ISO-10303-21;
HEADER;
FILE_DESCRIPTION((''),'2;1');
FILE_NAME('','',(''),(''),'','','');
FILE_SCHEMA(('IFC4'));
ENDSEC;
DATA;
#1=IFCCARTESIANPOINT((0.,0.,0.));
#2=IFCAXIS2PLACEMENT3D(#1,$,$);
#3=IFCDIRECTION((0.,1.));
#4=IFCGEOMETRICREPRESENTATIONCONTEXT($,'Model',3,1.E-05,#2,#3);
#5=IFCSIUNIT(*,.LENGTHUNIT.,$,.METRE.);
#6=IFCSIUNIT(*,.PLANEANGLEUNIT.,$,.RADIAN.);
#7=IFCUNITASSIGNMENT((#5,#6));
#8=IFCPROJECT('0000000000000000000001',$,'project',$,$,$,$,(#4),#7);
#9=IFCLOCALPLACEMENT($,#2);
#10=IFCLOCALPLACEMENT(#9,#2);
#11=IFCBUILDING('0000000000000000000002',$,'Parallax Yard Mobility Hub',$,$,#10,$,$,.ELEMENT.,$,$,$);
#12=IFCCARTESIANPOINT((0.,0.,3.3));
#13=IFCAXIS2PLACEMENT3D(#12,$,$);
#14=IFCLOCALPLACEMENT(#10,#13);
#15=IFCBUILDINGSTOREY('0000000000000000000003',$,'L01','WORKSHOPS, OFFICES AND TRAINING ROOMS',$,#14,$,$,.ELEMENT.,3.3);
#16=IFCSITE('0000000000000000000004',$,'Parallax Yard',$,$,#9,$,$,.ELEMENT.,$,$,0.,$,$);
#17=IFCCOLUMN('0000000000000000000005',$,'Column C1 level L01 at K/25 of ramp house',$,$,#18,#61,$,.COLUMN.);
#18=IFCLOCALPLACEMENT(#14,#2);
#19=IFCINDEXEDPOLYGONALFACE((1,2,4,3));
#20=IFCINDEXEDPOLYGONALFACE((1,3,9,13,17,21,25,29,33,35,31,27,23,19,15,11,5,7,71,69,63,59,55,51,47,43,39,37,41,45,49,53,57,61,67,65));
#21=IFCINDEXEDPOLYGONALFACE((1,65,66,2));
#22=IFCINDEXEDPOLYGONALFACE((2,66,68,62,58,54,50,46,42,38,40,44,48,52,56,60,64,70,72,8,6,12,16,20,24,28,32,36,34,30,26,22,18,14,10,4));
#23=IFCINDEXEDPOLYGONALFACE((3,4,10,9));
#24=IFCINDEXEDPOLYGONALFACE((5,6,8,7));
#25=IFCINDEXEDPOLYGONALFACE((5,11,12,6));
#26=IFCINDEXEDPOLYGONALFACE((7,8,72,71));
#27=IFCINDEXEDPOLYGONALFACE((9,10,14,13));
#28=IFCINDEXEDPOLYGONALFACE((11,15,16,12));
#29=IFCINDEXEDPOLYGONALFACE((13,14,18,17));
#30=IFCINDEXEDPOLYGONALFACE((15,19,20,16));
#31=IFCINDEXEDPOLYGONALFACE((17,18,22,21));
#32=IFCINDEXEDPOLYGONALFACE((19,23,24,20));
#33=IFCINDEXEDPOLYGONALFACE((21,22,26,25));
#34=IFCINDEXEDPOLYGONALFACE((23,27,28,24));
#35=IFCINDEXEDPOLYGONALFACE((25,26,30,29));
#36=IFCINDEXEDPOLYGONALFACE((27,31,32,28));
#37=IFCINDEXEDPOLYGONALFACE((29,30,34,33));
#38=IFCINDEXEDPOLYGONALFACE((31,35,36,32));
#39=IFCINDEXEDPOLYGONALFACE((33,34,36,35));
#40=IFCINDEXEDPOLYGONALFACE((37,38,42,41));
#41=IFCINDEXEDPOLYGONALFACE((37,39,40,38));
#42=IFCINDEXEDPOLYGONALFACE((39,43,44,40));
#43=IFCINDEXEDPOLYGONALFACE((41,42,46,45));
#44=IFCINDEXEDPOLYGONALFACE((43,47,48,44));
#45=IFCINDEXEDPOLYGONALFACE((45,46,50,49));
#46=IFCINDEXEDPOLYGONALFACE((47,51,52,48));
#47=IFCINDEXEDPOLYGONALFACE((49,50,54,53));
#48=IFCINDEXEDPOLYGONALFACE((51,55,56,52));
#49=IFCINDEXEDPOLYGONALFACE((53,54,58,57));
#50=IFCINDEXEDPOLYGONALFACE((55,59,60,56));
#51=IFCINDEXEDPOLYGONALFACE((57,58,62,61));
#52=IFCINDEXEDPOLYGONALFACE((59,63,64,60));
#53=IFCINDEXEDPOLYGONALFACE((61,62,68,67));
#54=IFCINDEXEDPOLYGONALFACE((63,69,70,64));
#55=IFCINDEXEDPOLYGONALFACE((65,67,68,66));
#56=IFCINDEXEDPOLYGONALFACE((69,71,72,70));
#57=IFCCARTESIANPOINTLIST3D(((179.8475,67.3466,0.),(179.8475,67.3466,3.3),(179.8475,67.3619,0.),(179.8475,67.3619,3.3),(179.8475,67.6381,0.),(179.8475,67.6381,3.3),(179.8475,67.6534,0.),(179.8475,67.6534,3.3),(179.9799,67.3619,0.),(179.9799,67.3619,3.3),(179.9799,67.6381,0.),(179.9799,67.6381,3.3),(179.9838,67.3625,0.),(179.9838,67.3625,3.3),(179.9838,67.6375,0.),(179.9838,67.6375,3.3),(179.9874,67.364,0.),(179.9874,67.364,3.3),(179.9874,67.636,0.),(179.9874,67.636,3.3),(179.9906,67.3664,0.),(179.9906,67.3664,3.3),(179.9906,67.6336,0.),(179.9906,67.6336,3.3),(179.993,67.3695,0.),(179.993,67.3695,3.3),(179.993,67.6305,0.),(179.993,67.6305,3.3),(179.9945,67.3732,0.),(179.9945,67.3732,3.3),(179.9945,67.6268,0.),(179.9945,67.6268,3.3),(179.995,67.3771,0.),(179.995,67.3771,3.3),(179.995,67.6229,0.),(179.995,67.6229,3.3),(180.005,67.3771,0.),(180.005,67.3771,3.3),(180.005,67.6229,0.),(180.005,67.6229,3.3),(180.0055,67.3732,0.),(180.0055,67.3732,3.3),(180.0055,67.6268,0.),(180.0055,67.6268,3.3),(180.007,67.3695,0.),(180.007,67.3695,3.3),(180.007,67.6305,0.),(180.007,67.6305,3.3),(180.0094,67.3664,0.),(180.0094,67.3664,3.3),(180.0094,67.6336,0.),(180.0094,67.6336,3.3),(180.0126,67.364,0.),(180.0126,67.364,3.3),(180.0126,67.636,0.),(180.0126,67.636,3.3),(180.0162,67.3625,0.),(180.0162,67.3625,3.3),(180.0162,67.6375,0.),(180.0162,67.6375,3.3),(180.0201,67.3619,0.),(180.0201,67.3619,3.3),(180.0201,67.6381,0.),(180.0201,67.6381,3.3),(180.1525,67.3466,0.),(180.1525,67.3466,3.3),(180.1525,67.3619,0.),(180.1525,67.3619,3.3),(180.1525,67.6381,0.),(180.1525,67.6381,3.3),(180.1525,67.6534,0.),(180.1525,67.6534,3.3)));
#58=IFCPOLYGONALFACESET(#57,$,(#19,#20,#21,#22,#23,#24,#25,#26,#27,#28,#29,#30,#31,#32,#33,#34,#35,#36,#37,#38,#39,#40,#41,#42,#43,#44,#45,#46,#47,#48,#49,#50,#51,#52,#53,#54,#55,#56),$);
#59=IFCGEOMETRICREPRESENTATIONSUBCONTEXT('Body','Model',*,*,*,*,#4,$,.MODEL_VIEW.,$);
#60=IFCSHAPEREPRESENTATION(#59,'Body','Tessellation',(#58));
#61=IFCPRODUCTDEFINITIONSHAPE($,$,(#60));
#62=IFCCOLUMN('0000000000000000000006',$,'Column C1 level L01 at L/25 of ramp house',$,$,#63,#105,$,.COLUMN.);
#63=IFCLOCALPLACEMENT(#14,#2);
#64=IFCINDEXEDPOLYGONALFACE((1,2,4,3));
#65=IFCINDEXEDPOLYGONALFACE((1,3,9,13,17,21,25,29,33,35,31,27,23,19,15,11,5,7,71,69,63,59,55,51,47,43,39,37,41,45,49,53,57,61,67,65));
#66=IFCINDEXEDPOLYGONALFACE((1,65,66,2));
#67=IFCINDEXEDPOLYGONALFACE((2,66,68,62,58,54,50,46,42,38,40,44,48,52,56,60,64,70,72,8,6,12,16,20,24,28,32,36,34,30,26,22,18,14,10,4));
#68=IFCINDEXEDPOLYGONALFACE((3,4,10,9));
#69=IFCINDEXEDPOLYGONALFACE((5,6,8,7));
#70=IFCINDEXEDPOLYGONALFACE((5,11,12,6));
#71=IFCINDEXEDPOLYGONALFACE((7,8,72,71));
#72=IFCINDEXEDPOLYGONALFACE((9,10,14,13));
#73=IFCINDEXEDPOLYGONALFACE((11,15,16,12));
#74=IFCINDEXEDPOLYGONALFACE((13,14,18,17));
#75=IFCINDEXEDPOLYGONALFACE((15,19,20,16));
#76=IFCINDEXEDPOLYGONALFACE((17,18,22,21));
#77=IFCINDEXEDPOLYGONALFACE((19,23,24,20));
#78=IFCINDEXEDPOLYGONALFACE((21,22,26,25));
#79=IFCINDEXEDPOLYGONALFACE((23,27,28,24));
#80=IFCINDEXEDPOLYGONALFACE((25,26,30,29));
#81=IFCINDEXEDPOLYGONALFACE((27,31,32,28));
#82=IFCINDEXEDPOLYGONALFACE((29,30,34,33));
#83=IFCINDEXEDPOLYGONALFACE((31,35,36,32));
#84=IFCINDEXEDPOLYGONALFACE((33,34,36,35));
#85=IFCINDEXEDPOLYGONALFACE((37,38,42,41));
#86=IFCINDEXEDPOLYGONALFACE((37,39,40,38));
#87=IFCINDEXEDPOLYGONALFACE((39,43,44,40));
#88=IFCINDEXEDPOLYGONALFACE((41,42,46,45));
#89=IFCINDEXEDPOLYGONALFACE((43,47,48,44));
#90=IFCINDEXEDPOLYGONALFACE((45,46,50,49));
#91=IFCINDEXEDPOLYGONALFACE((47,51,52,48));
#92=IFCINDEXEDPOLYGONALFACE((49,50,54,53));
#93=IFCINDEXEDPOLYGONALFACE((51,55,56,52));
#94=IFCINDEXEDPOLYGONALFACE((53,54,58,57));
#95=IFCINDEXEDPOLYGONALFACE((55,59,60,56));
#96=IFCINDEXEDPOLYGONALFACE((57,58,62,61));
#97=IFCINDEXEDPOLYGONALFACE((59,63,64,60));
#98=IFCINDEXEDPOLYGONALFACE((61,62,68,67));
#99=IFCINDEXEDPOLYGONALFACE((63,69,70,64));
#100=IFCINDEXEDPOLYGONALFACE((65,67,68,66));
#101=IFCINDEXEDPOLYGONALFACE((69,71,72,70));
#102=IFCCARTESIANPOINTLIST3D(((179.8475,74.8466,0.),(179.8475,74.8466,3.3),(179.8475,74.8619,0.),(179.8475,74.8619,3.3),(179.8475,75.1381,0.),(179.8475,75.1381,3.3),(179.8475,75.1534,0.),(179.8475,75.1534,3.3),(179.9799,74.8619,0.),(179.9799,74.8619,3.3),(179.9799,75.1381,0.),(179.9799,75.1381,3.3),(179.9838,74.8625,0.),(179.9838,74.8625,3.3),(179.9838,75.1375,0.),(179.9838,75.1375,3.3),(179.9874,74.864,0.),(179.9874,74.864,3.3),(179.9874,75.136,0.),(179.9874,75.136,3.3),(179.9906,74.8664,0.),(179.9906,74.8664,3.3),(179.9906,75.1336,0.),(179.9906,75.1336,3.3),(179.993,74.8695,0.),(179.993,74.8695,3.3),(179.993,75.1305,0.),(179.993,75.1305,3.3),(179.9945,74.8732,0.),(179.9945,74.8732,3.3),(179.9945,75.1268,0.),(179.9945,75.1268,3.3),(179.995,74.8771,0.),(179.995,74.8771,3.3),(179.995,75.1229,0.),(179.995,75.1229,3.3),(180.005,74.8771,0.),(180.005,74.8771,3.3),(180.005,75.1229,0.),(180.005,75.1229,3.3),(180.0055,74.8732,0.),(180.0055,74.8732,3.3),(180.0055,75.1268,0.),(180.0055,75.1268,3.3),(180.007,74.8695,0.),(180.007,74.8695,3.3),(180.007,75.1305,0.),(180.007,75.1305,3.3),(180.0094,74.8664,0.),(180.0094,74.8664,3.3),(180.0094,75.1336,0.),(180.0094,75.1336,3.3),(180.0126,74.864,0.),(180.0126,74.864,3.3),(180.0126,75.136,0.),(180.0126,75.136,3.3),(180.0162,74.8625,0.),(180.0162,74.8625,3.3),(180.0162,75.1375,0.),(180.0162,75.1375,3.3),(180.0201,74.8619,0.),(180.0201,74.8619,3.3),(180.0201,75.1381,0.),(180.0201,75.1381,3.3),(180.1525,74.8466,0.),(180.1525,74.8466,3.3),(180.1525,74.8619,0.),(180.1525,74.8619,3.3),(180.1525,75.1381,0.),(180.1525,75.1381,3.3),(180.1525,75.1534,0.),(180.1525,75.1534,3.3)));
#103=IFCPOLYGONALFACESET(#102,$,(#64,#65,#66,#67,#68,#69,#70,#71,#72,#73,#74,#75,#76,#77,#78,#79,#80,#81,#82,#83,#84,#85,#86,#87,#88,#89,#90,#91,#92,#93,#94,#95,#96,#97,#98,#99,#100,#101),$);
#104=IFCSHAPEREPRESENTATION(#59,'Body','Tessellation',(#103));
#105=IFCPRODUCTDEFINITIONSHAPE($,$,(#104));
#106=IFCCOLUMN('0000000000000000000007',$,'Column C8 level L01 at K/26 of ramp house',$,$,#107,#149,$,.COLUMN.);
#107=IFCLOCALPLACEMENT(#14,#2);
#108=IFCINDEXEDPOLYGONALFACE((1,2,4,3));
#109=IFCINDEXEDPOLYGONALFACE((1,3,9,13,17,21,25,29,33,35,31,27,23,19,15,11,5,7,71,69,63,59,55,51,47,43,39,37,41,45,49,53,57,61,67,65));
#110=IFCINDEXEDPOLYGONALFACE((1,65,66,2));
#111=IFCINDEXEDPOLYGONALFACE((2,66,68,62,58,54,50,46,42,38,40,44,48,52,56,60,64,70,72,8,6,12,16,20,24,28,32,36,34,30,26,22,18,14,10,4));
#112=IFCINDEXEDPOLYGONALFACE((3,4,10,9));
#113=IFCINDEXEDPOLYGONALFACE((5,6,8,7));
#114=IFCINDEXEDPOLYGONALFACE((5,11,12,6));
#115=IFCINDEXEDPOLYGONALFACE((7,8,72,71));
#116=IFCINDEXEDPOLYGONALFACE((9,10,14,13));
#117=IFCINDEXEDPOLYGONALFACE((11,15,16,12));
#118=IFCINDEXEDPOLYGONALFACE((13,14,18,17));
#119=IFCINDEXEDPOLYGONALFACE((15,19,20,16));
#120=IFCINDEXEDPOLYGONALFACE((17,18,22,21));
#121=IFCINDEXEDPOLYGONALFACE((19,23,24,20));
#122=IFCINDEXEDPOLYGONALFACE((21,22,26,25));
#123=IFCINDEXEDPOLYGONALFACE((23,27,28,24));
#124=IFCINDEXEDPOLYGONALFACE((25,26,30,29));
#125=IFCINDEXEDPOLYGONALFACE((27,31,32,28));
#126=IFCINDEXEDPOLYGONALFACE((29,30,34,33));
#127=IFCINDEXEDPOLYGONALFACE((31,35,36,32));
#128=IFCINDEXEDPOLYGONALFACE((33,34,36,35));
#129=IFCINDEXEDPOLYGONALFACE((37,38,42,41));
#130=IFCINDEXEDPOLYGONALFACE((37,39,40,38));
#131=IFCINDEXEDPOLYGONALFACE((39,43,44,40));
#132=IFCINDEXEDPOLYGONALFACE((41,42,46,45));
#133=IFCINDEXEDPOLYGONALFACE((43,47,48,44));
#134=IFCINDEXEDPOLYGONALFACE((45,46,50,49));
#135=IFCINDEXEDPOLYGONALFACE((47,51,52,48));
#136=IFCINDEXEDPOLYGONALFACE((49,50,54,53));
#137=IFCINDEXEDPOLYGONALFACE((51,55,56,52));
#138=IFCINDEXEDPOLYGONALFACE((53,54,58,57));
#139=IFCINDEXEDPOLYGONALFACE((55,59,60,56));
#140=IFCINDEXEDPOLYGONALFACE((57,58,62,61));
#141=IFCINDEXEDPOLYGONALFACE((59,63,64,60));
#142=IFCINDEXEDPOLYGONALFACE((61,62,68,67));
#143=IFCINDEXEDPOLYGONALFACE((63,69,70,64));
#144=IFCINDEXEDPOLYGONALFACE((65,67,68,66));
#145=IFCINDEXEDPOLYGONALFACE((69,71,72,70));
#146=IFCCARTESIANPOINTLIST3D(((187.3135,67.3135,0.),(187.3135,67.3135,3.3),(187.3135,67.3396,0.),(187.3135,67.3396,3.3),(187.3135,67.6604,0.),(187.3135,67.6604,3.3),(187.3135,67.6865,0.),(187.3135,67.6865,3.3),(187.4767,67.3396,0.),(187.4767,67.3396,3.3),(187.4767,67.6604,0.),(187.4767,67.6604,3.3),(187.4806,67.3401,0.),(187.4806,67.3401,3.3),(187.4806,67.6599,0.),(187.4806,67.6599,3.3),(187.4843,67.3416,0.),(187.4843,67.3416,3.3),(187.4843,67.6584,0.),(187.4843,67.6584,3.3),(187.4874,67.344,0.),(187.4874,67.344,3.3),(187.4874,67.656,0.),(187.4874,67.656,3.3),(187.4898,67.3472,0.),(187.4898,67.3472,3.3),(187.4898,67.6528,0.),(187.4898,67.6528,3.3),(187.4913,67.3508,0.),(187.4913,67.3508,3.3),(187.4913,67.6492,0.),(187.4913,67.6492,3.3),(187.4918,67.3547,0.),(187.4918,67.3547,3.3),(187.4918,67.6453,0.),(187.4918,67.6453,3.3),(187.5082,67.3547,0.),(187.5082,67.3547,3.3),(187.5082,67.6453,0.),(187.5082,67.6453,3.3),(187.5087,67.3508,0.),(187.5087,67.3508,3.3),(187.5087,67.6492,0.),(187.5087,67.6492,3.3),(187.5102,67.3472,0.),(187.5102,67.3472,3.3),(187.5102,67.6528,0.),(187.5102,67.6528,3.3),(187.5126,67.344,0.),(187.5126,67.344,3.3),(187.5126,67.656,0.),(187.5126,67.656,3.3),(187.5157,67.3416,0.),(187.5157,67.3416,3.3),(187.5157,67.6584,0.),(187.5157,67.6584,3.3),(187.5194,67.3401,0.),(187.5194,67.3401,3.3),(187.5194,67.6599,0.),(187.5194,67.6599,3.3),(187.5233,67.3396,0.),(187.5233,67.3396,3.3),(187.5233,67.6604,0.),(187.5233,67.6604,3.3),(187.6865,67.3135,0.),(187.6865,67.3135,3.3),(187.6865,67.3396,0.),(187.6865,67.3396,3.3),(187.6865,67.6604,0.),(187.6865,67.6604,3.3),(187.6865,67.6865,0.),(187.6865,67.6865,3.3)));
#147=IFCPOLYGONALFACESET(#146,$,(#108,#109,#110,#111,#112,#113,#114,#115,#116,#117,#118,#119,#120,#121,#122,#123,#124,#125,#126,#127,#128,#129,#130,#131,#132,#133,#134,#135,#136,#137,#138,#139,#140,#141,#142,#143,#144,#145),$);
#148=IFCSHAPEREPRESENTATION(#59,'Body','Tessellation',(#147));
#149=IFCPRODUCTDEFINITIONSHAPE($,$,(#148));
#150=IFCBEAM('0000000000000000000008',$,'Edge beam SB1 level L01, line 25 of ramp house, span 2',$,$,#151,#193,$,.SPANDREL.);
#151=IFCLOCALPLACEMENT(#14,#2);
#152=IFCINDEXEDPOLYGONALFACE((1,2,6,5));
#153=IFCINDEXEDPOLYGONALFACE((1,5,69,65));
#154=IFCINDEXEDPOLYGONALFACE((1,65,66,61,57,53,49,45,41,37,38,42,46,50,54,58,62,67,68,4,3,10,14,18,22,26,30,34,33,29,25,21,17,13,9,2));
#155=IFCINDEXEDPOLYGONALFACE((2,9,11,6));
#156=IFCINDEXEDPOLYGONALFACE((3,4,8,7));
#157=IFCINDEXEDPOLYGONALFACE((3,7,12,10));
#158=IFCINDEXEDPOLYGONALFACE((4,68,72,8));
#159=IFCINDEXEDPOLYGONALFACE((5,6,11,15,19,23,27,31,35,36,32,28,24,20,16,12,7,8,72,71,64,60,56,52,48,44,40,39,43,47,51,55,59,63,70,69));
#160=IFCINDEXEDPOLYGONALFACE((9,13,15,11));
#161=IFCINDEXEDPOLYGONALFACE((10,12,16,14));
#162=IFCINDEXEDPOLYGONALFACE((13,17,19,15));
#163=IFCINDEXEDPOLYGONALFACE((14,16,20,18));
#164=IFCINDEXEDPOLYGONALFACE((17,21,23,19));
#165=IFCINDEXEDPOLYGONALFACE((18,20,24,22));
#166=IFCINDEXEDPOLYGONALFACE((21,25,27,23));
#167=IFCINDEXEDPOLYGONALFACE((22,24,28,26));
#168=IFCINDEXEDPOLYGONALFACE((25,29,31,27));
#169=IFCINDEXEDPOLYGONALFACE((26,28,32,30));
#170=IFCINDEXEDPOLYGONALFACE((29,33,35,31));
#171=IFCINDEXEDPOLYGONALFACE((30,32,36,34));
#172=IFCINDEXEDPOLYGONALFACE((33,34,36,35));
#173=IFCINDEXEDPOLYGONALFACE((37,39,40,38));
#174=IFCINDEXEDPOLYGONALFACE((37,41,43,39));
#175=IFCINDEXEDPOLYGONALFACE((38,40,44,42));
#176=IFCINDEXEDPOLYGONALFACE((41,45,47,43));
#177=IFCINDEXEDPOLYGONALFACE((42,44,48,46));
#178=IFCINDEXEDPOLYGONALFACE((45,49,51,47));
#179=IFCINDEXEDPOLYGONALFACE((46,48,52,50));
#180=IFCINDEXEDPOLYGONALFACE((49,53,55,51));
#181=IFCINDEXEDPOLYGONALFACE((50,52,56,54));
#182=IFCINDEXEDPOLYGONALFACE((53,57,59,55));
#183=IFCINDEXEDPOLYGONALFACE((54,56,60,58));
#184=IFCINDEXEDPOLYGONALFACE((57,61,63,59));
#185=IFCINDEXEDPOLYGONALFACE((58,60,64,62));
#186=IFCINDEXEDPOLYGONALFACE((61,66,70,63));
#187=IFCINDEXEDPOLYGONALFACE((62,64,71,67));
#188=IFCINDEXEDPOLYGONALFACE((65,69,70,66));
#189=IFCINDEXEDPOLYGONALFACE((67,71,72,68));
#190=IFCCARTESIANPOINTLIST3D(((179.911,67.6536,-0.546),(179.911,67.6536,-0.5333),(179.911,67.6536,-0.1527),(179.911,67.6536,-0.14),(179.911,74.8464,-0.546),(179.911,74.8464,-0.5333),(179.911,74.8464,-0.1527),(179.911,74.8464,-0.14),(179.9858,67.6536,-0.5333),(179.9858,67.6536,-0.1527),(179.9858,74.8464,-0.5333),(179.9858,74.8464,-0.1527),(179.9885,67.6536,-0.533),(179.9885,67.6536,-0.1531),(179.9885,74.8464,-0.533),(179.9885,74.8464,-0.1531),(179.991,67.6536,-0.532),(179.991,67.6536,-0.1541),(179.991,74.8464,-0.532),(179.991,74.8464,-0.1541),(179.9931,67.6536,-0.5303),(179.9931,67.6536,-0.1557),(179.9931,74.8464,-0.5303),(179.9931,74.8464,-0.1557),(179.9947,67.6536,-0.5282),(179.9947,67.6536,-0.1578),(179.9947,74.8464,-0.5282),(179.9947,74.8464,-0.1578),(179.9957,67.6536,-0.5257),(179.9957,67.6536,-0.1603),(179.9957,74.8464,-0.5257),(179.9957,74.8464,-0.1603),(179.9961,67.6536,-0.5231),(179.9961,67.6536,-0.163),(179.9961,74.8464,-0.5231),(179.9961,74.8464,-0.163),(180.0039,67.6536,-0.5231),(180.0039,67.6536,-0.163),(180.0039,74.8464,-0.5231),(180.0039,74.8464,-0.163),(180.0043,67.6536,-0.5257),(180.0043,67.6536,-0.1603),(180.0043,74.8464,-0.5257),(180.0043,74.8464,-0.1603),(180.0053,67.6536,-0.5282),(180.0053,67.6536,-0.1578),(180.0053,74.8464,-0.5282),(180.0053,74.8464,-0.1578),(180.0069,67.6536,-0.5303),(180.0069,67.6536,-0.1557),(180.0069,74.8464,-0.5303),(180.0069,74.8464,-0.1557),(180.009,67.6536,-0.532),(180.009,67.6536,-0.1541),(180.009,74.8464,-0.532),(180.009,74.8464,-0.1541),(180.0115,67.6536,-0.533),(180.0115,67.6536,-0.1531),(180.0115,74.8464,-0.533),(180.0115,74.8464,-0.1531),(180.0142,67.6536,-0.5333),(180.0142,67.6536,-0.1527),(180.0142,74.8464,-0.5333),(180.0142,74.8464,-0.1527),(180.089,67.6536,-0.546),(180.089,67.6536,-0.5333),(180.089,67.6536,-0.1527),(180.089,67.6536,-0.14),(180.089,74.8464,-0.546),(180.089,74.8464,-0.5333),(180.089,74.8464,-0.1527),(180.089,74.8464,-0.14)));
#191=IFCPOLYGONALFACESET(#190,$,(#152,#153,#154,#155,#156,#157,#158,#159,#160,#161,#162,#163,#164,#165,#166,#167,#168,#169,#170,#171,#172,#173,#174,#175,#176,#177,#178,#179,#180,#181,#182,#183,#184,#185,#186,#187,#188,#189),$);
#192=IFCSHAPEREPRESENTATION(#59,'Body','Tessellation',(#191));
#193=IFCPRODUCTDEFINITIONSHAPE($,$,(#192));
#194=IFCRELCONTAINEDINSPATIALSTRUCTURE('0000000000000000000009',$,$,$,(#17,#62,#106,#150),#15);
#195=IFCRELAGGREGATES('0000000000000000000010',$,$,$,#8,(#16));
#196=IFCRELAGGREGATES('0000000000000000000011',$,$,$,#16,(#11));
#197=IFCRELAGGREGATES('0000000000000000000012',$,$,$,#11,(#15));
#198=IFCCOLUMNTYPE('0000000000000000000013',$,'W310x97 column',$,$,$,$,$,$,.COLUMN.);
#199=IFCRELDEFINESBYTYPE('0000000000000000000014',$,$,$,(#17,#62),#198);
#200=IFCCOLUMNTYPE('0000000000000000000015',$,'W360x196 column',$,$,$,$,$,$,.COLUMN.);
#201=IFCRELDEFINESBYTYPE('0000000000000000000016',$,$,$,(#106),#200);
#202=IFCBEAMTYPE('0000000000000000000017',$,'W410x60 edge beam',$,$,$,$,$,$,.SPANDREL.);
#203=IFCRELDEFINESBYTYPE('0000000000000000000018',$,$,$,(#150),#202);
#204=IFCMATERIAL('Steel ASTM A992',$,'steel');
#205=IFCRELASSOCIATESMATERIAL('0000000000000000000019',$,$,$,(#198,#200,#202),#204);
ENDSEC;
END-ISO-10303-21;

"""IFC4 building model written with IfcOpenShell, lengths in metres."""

from ifc_helpers import new_model, si_unit, direction, frame, origin, origin_2d, place, context, subcontext, project, spatial, i_section, extrude, material, material_profile, profile_set, type_object, element, save


model = new_model("IFC4")

# Units and contexts
model_context = context("Model", 3, precision=1e-05, world=origin(), true_north=direction((0.0, 1.0)))
body_context = subcontext(model_context, "Body", "Model", "MODEL_VIEW")
ifc_project = project(units=[si_unit("LENGTHUNIT", "METRE"), si_unit("PLANEANGLEUNIT", "RADIAN")], contexts=[model_context])

# Site, building, storey
site_placement = place(None, origin())
site = spatial("IfcSite", under=ifc_project, at=site_placement, Name="Parallax Yard", CompositionType="ELEMENT", RefElevation=0.0)
building_placement = place(site_placement, origin())
building = spatial("IfcBuilding", under=site, at=building_placement, Name="Parallax Yard Mobility Hub", CompositionType="ELEMENT")
storey_placement = place(building_placement, frame((0.0, 0.0, 3.3)))
storey = spatial("IfcBuildingStorey", under=building, at=storey_placement, Name="L01", Description="WORKSHOPS, OFFICES AND TRAINING ROOMS", CompositionType="ELEMENT", Elevation=3.3)

# Columns
ifc_material_1 = material(Name="Steel ASTM A992", Category="steel")
ifc_material_profile_1 = material_profile(ifc_material_1, i_section(OverallWidth=0.3049, OverallDepth=0.3069, WebThickness=0.01, FlangeThickness=0.0154, FilletRadius=0.0151, at=origin_2d()), Name="W310x97")
ifc_profile_set_1 = profile_set([ifc_material_profile_1], Name="Steel ASTM A992")
column_type_1 = type_object("IfcColumnType", Name="W310x97 column", PredefinedType="COLUMN", material=ifc_profile_set_1)
for number, where, z_axis, x_axis, name in (
    (1, (180.0, 67.5, 0.0), (0.0, 0.0, 1.0), (1.0, 0.0, 0.0), "Column C1 level L01 at K/25 of ramp house"),
    (2, (180.0, 75.0, 0.0), (0.0, 0.0, 1.0), (1.0, 0.0, 0.0), "Column C1 level L01 at L/25 of ramp house"),
):
    element("IfcColumn", number, at=place(storey_placement, frame(where, z_axis=z_axis, x_axis=x_axis)), inside=storey, type_object=column_type_1, Name=name, PredefinedType="COLUMN", context=body_context, shape_type="SweptSolid", body=[
        extrude(i_section(OverallWidth=0.3049, OverallDepth=0.3069, WebThickness=0.01, FlangeThickness=0.0154, FilletRadius=0.0151, at=origin_2d()), origin(), (0.0, 0.0, 1.0), 3.3),
    ])
ifc_material_profile_2 = material_profile(ifc_material_1, i_section(OverallWidth=0.373, OverallDepth=0.373, WebThickness=0.0164, FlangeThickness=0.0261, FilletRadius=0.0151, at=origin_2d()), Name="W360x196")
ifc_profile_set_2 = profile_set([ifc_material_profile_2], Name="Steel ASTM A992")
column_type_2 = type_object("IfcColumnType", Name="W360x196 column", PredefinedType="COLUMN", material=ifc_profile_set_2)
column_placement = place(storey_placement, frame((187.5, 67.5, 0.0), z_axis=(0.0, 0.0, 1.0), x_axis=(1.0, 0.0, 0.0)))
element("IfcColumn", 3, at=column_placement, inside=storey, type_object=column_type_2, Name="Column C8 level L01 at K/26 of ramp house", PredefinedType="COLUMN", context=body_context, shape_type="SweptSolid", body=[
    extrude(i_section(OverallWidth=0.373, OverallDepth=0.373, WebThickness=0.0164, FlangeThickness=0.0261, FilletRadius=0.0151, at=origin_2d()), origin(), (0.0, 0.0, 1.0), 3.3),
])

# Beam
ifc_material_profile_3 = material_profile(ifc_material_1, i_section(OverallWidth=0.178, OverallDepth=0.406, WebThickness=0.0078, FlangeThickness=0.0127, FilletRadius=0.0103, at=origin_2d()), Name="W410x60")
ifc_profile_set_3 = profile_set([ifc_material_profile_3], Name="Steel ASTM A992")
beam_type_1 = type_object("IfcBeamType", Name="W410x60 edge beam", PredefinedType="SPANDREL", material=ifc_profile_set_3)
beam_1_placement = place(storey_placement, frame((180.0, 67.6536, -0.343), z_axis=(0.0, 1.0, 0.0), x_axis=(-1.0, 0.0, 0.0)))
element("IfcBeam", 4, at=beam_1_placement, inside=storey, type_object=beam_type_1, Name="Edge beam SB1 level L01, line 25 of ramp house, span 2", PredefinedType="SPANDREL", context=body_context, shape_type="SweptSolid", body=[
    extrude(i_section(OverallWidth=0.178, OverallDepth=0.406, WebThickness=0.0078, FlangeThickness=0.0127, FilletRadius=0.0103, at=origin_2d()), origin(), (0.0, 0.0, 1.0), 7.1929),
])

save(model, "model.ifc")
